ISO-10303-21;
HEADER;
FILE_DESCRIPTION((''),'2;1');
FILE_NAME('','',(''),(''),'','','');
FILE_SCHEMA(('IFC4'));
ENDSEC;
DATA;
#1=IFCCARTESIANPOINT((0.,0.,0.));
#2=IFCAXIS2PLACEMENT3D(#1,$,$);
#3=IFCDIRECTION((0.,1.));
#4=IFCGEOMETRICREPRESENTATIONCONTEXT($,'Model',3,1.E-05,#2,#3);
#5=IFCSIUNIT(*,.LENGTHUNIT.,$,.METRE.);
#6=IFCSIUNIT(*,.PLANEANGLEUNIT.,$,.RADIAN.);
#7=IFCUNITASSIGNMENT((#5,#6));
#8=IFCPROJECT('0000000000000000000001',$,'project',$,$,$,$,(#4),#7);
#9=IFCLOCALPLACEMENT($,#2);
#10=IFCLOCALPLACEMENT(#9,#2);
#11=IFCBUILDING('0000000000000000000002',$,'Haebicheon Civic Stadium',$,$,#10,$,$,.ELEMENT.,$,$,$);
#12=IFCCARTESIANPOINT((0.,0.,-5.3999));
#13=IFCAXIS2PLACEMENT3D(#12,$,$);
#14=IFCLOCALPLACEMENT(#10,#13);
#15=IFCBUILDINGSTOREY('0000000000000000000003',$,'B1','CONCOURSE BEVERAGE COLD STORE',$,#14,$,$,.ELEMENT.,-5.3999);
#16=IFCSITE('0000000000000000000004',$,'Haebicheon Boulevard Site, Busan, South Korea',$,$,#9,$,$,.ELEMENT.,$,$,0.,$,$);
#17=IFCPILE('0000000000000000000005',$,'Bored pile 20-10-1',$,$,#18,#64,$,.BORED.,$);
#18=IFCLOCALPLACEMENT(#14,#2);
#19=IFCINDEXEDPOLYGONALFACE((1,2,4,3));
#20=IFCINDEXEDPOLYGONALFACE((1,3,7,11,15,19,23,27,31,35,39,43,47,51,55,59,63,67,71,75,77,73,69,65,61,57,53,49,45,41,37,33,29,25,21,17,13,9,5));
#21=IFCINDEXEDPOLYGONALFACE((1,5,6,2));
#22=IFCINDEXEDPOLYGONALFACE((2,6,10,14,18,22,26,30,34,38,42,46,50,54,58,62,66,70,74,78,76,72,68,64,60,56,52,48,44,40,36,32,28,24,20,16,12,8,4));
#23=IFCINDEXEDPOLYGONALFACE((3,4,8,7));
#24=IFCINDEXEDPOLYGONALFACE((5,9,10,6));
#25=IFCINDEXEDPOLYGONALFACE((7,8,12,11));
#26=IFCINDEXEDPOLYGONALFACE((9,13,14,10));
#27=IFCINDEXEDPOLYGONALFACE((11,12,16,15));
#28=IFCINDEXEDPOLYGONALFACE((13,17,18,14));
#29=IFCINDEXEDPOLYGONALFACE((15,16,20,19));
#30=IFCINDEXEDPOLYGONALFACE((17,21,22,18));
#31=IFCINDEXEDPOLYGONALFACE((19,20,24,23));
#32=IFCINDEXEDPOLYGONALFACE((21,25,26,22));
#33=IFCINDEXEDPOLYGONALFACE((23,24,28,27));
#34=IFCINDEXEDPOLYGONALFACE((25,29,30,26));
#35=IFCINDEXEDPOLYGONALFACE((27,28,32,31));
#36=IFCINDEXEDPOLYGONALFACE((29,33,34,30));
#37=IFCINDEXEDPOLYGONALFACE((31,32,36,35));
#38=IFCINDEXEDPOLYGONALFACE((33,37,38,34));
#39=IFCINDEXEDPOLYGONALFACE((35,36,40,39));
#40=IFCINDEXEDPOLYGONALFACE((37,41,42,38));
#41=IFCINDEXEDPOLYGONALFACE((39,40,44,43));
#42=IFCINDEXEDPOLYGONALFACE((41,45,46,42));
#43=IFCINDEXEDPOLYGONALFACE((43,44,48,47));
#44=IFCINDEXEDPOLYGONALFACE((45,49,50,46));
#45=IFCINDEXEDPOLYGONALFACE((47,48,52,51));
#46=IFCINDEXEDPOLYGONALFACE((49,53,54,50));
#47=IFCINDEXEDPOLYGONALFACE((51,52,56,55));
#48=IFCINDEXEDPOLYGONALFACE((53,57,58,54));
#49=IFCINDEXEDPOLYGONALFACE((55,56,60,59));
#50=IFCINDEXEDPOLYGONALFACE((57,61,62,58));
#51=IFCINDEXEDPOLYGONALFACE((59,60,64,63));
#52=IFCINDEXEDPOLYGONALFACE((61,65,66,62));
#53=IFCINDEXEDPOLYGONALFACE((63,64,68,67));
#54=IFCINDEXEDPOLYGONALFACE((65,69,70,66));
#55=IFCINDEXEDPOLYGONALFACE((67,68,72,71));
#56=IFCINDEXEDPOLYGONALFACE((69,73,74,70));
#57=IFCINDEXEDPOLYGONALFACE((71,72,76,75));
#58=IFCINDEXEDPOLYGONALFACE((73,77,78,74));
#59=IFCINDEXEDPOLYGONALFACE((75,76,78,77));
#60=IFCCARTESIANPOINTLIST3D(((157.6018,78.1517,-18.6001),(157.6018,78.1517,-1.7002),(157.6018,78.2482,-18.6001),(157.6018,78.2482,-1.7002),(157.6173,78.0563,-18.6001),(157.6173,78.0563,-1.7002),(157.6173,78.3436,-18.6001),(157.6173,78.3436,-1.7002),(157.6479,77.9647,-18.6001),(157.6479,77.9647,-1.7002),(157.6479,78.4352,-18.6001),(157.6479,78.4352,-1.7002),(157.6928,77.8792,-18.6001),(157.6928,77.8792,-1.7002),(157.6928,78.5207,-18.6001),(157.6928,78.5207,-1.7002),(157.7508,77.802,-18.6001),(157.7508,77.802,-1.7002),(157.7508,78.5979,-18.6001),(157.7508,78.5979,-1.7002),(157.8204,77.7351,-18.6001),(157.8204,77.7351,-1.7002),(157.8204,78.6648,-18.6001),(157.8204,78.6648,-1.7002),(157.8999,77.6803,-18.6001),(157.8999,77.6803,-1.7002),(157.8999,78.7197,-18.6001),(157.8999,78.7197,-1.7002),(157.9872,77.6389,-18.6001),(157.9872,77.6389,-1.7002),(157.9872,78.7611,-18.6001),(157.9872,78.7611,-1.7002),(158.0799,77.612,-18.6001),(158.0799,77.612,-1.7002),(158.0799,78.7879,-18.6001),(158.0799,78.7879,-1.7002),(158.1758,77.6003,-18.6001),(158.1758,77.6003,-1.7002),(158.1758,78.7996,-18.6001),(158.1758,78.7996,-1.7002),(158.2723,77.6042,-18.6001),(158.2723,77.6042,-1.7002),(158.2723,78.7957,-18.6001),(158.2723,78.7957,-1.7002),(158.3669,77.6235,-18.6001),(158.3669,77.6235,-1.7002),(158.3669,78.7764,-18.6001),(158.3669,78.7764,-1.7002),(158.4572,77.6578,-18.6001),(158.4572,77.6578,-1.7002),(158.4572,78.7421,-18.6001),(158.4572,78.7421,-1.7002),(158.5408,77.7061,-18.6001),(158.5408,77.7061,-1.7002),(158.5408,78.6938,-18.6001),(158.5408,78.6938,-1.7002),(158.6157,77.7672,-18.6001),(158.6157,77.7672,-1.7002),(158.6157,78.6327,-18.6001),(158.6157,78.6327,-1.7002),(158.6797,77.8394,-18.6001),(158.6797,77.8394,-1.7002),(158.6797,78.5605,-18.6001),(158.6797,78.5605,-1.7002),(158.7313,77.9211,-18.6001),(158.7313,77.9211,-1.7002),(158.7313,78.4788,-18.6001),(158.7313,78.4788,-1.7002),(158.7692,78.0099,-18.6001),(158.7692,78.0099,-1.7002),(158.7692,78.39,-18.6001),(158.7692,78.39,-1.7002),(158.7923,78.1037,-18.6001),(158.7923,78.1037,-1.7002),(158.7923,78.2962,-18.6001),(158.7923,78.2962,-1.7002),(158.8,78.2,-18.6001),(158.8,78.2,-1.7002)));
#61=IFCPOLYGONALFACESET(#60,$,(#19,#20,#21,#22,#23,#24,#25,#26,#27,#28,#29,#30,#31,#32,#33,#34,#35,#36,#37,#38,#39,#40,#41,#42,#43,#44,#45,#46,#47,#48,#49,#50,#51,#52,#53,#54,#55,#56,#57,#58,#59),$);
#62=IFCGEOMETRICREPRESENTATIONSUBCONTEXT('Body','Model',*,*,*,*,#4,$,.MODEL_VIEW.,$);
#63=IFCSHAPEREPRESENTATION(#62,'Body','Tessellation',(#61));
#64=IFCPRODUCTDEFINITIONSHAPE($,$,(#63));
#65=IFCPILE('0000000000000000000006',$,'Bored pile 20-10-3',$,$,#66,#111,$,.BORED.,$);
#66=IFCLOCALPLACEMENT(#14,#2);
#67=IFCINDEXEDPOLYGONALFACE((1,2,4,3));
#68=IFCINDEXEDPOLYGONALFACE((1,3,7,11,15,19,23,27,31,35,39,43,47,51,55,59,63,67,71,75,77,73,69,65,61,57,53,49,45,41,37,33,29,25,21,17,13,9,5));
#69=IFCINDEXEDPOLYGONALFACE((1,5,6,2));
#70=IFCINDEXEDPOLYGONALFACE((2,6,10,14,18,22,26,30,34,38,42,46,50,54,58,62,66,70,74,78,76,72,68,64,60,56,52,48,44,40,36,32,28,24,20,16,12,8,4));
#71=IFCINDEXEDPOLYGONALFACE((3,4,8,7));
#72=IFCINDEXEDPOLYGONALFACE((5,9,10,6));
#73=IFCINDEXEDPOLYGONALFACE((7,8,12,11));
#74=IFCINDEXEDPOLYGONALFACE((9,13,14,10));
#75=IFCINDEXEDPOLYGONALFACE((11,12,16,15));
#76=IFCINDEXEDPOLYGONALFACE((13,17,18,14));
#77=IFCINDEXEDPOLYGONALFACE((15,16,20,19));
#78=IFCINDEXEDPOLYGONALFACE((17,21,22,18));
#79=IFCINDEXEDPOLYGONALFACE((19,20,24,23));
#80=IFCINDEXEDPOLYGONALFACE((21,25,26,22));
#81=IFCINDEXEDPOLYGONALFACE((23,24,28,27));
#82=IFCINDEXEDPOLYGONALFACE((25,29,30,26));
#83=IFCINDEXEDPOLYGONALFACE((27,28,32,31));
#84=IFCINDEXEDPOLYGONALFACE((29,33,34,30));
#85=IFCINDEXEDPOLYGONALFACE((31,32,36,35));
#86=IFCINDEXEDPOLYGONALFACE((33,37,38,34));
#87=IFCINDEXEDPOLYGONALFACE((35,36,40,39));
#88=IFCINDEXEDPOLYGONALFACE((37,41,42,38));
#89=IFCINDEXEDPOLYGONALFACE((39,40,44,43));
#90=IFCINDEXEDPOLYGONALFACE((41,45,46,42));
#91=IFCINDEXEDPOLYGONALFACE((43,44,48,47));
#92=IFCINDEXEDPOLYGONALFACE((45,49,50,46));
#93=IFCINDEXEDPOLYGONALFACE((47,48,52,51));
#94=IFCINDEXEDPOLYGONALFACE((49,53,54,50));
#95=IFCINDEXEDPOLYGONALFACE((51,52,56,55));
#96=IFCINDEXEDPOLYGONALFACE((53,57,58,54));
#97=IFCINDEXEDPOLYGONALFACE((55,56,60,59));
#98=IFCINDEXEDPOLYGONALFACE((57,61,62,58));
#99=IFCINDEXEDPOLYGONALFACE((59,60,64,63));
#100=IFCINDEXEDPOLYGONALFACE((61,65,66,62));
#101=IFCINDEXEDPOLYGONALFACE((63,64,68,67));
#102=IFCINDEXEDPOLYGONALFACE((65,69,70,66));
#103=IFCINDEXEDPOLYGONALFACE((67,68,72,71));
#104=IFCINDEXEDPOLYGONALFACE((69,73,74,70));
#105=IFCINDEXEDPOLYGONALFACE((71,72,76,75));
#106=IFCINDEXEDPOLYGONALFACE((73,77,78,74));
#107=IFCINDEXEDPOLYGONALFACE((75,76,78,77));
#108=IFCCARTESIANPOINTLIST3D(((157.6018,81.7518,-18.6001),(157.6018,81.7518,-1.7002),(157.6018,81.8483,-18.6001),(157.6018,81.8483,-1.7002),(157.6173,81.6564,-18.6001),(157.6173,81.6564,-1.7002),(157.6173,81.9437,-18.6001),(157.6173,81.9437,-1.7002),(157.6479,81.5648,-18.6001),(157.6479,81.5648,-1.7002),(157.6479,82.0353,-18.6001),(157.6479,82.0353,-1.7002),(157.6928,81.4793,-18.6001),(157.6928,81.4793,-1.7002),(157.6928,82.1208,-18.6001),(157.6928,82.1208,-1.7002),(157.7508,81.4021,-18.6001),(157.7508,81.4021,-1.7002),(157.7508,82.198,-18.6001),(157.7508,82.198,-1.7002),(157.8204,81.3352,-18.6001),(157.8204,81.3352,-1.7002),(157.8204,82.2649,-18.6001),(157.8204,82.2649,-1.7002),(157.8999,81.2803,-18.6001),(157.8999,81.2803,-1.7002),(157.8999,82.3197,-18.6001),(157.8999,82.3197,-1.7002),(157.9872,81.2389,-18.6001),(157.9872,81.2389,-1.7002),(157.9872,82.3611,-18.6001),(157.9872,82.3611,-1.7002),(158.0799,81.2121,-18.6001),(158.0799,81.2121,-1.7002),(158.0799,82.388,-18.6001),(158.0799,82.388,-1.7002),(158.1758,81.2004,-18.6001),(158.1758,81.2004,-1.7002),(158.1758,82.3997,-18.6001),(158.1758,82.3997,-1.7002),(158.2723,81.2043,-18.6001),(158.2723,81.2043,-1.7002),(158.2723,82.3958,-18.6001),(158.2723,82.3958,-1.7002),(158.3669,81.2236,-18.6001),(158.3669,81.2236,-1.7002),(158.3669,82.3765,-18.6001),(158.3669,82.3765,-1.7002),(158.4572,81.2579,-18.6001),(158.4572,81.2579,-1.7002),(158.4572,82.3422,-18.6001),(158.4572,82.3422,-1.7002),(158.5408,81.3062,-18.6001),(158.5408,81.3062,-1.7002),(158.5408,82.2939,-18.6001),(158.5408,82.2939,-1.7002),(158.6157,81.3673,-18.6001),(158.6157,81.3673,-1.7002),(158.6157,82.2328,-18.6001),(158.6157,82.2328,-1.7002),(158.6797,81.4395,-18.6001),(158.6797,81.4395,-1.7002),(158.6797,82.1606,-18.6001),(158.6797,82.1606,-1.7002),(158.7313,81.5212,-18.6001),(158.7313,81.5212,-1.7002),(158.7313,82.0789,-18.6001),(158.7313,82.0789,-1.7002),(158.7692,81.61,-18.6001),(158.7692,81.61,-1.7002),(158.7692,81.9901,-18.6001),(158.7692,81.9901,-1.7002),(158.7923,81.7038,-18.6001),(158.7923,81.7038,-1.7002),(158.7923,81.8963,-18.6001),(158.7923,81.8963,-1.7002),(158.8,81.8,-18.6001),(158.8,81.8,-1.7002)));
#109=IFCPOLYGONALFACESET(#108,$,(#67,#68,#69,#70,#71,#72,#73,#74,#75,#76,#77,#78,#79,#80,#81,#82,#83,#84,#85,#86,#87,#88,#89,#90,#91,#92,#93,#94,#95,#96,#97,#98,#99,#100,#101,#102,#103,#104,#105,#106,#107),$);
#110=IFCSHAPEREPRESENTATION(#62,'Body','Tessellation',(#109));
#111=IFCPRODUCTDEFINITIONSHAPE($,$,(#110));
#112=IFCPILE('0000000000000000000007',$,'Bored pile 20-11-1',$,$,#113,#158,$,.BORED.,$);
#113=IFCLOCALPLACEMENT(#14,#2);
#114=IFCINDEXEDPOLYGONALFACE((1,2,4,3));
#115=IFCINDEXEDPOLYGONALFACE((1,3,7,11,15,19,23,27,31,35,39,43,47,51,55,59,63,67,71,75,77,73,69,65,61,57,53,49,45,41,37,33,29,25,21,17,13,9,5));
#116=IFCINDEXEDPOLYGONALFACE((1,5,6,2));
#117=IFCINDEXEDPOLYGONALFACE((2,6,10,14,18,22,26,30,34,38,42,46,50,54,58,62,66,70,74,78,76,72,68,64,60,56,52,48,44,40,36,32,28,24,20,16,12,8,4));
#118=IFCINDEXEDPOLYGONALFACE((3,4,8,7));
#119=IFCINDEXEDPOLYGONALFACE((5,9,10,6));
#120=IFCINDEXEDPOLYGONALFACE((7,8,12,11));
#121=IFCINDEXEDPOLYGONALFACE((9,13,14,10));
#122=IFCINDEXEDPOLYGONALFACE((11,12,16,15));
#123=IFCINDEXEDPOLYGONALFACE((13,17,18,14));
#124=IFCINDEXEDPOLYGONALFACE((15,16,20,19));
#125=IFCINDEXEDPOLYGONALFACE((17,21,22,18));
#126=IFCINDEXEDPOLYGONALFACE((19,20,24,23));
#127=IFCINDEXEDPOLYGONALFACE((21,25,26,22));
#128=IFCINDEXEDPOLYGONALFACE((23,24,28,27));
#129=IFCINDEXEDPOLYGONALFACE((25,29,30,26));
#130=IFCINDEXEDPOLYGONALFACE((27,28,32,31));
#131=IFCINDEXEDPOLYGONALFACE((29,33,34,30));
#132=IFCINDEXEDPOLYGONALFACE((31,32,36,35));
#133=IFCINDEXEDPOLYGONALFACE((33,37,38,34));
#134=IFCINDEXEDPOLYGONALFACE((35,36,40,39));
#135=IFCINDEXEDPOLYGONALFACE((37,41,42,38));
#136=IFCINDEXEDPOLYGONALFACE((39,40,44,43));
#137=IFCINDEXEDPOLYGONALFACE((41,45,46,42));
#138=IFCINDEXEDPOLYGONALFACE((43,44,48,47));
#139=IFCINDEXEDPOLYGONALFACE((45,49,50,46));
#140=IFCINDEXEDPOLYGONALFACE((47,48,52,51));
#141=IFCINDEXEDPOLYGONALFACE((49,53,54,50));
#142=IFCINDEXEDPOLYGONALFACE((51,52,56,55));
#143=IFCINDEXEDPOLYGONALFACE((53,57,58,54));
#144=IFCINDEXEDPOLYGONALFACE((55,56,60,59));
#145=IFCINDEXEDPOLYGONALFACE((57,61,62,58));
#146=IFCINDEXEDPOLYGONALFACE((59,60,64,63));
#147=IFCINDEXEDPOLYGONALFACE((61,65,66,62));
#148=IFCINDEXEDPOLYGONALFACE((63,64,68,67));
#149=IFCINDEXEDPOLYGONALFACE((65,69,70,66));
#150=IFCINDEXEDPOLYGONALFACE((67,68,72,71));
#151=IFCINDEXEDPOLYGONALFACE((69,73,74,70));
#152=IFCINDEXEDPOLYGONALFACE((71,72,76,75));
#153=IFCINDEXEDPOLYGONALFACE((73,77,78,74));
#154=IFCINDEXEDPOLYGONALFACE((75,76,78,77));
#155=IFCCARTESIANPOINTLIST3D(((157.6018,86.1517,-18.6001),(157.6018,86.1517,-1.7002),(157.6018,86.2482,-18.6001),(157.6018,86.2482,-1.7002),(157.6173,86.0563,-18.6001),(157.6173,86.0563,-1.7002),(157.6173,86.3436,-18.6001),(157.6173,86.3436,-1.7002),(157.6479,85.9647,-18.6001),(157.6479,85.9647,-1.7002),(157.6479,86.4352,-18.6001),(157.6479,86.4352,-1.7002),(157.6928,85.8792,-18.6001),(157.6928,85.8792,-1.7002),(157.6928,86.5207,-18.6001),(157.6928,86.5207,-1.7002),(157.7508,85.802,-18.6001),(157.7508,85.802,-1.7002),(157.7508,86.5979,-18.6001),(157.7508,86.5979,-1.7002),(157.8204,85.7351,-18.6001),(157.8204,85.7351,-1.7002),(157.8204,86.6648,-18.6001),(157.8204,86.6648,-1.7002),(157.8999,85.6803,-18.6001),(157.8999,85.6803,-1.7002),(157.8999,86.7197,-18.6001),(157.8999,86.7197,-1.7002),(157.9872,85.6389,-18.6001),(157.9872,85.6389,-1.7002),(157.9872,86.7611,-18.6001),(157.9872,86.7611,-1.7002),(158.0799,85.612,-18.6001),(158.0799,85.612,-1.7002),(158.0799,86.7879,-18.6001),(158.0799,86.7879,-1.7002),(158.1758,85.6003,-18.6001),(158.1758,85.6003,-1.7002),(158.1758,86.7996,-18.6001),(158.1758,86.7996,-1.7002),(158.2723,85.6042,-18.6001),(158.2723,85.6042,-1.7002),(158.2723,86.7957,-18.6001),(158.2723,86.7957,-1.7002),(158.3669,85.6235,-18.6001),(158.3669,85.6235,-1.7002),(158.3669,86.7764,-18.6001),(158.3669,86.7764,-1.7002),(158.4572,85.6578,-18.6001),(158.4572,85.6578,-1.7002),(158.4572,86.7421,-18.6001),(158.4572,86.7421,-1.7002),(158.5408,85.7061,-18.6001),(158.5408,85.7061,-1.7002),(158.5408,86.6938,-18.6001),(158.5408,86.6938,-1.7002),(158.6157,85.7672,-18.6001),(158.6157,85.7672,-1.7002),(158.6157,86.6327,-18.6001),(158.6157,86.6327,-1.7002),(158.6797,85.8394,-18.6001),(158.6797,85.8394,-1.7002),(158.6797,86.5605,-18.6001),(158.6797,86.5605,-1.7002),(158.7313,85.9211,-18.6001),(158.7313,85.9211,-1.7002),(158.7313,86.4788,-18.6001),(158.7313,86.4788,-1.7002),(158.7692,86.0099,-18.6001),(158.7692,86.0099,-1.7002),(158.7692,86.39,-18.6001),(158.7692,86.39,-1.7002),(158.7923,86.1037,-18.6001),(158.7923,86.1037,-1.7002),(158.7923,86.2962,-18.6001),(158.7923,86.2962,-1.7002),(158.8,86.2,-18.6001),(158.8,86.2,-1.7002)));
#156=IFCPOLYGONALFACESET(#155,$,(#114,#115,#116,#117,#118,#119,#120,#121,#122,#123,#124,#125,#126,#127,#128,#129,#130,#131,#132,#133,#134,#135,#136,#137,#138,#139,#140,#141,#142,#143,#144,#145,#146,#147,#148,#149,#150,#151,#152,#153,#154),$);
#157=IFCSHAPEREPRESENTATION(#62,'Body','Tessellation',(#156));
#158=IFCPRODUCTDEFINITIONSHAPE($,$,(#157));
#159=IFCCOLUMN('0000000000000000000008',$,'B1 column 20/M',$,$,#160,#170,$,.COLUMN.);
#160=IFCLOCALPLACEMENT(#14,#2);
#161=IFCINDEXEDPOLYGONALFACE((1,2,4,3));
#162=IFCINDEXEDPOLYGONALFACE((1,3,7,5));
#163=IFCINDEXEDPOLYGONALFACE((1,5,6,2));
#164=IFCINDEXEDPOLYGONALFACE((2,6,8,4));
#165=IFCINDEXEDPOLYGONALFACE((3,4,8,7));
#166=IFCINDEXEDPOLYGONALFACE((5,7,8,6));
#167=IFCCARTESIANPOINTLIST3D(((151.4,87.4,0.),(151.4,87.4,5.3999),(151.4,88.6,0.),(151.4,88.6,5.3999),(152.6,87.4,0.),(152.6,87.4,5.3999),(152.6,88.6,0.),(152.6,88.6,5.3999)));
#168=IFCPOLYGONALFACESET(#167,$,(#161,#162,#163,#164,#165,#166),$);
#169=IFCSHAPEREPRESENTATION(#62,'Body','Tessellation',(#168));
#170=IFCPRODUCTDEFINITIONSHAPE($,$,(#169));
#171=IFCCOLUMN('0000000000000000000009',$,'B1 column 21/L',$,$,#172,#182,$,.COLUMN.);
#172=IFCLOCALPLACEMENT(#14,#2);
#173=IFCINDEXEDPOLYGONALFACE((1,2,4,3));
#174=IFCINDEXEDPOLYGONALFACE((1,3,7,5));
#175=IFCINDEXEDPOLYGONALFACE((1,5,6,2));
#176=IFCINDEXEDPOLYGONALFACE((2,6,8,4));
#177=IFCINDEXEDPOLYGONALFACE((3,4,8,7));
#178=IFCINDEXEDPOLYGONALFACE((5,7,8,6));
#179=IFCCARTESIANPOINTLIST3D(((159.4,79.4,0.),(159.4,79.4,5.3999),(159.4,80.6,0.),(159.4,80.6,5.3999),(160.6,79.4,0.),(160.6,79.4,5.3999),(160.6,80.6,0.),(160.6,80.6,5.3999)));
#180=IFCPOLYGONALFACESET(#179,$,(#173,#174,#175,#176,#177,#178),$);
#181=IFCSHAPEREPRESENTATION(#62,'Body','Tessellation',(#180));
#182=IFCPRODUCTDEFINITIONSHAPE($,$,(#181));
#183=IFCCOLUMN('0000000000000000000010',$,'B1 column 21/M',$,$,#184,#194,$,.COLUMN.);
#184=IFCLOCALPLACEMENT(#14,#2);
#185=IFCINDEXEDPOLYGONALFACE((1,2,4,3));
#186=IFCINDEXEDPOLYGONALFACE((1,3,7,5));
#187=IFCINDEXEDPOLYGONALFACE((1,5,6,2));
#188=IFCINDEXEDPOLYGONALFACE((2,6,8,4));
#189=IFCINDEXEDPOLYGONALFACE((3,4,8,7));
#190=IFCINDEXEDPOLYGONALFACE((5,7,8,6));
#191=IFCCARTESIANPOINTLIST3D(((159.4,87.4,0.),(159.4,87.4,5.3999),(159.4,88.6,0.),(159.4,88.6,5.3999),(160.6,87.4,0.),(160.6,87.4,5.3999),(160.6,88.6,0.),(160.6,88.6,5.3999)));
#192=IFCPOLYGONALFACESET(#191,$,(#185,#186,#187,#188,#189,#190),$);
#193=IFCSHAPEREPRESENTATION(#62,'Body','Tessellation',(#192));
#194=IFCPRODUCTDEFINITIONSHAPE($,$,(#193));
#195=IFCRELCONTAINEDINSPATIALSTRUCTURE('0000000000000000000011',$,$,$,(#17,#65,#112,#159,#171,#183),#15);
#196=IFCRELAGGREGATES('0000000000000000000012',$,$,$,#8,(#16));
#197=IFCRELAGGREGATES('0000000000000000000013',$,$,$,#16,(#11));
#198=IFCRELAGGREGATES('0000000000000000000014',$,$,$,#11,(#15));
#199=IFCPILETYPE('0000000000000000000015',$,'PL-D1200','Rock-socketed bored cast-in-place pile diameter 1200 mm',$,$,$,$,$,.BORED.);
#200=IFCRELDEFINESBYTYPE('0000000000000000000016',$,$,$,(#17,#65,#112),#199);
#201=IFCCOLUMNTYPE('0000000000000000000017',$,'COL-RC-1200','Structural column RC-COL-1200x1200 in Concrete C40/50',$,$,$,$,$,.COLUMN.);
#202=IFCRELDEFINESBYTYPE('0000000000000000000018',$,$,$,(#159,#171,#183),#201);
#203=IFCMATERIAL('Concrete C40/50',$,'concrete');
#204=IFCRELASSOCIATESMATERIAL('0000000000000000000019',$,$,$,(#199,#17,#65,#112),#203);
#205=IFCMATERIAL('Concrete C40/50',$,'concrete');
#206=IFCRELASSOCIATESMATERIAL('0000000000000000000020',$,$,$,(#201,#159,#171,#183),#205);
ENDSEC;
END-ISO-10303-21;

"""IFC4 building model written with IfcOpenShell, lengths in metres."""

from ifc_helpers import new_model, si_unit, direction, frame, origin, origin_2d, place, context, subcontext, project, spatial, rectangle, circle, extrude, material, material_profile, profile_set, type_object, element, save


model = new_model("IFC4")

# Units and contexts
model_context = context("Model", 3, precision=1e-05, world=origin(), true_north=direction((0.0, 1.0)))
body_context = subcontext(model_context, "Body", "Model", "MODEL_VIEW")
ifc_project = project(units=[si_unit("LENGTHUNIT", "METRE"), si_unit("PLANEANGLEUNIT", "RADIAN")], contexts=[model_context])

# Site, building, storey
site_placement = place(None, origin())
site = spatial("IfcSite", under=ifc_project, at=site_placement, Name="Haebicheon Boulevard Site, Busan, South Korea", CompositionType="ELEMENT", RefElevation=0.0)
building_placement = place(site_placement, origin())
building = spatial("IfcBuilding", under=site, at=building_placement, Name="Haebicheon Civic Stadium", CompositionType="ELEMENT")
storey_placement = place(building_placement, frame((0.0, 0.0, -5.3999)))
storey = spatial("IfcBuildingStorey", under=building, at=storey_placement, Name="B1", Description="CONCOURSE BEVERAGE COLD STORE", CompositionType="ELEMENT", Elevation=-5.3999)

# Piles
ifc_material_1 = material(Name="Concrete C40/50", Category="concrete")
ifc_material_profile_1 = material_profile(ifc_material_1, circle(Radius=0.6001, at=origin_2d()), Name="PILE-D1200")
ifc_profile_set_1 = profile_set([ifc_material_profile_1], Name="Concrete C40/50")
pile_type = type_object("IfcPileType", Name="PL-D1200", Description="Rock-socketed bored cast-in-place pile diameter 1200 mm", PredefinedType="BORED", material=ifc_profile_set_1)
for number, where, z_axis, x_axis, name in (
    (1, (158.2, 78.2, -1.7002), (0.0, 0.0, -1.0), (1.0, 0.0, 0.0), "Bored pile 20-10-1"),
    (2, (158.2, 81.8, -1.7002), (0.0, 0.0, -1.0), (1.0, 0.0, 0.0), "Bored pile 20-10-3"),
    (3, (158.2, 86.2, -1.7002), (0.0, 0.0, -1.0), (1.0, 0.0, 0.0), "Bored pile 20-11-1"),
):
    element("IfcPile", number, at=place(storey_placement, frame(where, z_axis=z_axis, x_axis=x_axis)), inside=storey, type_object=pile_type, material=ifc_profile_set_1, Name=name, PredefinedType="BORED", context=body_context, shape_type="SweptSolid", body=[
        extrude(circle(Radius=0.6001, at=origin_2d()), origin(), (0.0, 0.0, 1.0), 16.8999),
    ])

# Columns
ifc_material_2 = material(Name="Concrete C40/50", Category="concrete")
ifc_material_profile_2 = material_profile(ifc_material_2, rectangle(XDim=1.2, YDim=1.2, at=origin_2d()), Name="RC-COL-1200x1200")
ifc_profile_set_2 = profile_set([ifc_material_profile_2], Name="Concrete C40/50")
column_type = type_object("IfcColumnType", Name="COL-RC-1200", Description="Structural column RC-COL-1200x1200 in Concrete C40/50", PredefinedType="COLUMN", material=ifc_profile_set_2)
for number, where, z_axis, x_axis, name in (
    (4, (152.0, 88.0, 0.0), (0.0, 0.0, 1.0), (1.0, 0.0, 0.0), "B1 column 20/M"),
    (5, (160.0, 80.0, 0.0), (0.0, 0.0, 1.0), (1.0, 0.0, 0.0), "B1 column 21/L"),
    (6, (160.0, 88.0, 0.0), (0.0, 0.0, 1.0), (1.0, 0.0, 0.0), "B1 column 21/M"),
):
    element("IfcColumn", number, at=place(storey_placement, frame(where, z_axis=z_axis, x_axis=x_axis)), inside=storey, type_object=column_type, material=ifc_profile_set_2, Name=name, PredefinedType="COLUMN", context=body_context, shape_type="SweptSolid", body=[
        extrude(rectangle(XDim=1.2, YDim=1.2, at=origin_2d()), origin(), (0.0, 0.0, 1.0), 5.3999),
    ])

save(model, "model.ifc")
